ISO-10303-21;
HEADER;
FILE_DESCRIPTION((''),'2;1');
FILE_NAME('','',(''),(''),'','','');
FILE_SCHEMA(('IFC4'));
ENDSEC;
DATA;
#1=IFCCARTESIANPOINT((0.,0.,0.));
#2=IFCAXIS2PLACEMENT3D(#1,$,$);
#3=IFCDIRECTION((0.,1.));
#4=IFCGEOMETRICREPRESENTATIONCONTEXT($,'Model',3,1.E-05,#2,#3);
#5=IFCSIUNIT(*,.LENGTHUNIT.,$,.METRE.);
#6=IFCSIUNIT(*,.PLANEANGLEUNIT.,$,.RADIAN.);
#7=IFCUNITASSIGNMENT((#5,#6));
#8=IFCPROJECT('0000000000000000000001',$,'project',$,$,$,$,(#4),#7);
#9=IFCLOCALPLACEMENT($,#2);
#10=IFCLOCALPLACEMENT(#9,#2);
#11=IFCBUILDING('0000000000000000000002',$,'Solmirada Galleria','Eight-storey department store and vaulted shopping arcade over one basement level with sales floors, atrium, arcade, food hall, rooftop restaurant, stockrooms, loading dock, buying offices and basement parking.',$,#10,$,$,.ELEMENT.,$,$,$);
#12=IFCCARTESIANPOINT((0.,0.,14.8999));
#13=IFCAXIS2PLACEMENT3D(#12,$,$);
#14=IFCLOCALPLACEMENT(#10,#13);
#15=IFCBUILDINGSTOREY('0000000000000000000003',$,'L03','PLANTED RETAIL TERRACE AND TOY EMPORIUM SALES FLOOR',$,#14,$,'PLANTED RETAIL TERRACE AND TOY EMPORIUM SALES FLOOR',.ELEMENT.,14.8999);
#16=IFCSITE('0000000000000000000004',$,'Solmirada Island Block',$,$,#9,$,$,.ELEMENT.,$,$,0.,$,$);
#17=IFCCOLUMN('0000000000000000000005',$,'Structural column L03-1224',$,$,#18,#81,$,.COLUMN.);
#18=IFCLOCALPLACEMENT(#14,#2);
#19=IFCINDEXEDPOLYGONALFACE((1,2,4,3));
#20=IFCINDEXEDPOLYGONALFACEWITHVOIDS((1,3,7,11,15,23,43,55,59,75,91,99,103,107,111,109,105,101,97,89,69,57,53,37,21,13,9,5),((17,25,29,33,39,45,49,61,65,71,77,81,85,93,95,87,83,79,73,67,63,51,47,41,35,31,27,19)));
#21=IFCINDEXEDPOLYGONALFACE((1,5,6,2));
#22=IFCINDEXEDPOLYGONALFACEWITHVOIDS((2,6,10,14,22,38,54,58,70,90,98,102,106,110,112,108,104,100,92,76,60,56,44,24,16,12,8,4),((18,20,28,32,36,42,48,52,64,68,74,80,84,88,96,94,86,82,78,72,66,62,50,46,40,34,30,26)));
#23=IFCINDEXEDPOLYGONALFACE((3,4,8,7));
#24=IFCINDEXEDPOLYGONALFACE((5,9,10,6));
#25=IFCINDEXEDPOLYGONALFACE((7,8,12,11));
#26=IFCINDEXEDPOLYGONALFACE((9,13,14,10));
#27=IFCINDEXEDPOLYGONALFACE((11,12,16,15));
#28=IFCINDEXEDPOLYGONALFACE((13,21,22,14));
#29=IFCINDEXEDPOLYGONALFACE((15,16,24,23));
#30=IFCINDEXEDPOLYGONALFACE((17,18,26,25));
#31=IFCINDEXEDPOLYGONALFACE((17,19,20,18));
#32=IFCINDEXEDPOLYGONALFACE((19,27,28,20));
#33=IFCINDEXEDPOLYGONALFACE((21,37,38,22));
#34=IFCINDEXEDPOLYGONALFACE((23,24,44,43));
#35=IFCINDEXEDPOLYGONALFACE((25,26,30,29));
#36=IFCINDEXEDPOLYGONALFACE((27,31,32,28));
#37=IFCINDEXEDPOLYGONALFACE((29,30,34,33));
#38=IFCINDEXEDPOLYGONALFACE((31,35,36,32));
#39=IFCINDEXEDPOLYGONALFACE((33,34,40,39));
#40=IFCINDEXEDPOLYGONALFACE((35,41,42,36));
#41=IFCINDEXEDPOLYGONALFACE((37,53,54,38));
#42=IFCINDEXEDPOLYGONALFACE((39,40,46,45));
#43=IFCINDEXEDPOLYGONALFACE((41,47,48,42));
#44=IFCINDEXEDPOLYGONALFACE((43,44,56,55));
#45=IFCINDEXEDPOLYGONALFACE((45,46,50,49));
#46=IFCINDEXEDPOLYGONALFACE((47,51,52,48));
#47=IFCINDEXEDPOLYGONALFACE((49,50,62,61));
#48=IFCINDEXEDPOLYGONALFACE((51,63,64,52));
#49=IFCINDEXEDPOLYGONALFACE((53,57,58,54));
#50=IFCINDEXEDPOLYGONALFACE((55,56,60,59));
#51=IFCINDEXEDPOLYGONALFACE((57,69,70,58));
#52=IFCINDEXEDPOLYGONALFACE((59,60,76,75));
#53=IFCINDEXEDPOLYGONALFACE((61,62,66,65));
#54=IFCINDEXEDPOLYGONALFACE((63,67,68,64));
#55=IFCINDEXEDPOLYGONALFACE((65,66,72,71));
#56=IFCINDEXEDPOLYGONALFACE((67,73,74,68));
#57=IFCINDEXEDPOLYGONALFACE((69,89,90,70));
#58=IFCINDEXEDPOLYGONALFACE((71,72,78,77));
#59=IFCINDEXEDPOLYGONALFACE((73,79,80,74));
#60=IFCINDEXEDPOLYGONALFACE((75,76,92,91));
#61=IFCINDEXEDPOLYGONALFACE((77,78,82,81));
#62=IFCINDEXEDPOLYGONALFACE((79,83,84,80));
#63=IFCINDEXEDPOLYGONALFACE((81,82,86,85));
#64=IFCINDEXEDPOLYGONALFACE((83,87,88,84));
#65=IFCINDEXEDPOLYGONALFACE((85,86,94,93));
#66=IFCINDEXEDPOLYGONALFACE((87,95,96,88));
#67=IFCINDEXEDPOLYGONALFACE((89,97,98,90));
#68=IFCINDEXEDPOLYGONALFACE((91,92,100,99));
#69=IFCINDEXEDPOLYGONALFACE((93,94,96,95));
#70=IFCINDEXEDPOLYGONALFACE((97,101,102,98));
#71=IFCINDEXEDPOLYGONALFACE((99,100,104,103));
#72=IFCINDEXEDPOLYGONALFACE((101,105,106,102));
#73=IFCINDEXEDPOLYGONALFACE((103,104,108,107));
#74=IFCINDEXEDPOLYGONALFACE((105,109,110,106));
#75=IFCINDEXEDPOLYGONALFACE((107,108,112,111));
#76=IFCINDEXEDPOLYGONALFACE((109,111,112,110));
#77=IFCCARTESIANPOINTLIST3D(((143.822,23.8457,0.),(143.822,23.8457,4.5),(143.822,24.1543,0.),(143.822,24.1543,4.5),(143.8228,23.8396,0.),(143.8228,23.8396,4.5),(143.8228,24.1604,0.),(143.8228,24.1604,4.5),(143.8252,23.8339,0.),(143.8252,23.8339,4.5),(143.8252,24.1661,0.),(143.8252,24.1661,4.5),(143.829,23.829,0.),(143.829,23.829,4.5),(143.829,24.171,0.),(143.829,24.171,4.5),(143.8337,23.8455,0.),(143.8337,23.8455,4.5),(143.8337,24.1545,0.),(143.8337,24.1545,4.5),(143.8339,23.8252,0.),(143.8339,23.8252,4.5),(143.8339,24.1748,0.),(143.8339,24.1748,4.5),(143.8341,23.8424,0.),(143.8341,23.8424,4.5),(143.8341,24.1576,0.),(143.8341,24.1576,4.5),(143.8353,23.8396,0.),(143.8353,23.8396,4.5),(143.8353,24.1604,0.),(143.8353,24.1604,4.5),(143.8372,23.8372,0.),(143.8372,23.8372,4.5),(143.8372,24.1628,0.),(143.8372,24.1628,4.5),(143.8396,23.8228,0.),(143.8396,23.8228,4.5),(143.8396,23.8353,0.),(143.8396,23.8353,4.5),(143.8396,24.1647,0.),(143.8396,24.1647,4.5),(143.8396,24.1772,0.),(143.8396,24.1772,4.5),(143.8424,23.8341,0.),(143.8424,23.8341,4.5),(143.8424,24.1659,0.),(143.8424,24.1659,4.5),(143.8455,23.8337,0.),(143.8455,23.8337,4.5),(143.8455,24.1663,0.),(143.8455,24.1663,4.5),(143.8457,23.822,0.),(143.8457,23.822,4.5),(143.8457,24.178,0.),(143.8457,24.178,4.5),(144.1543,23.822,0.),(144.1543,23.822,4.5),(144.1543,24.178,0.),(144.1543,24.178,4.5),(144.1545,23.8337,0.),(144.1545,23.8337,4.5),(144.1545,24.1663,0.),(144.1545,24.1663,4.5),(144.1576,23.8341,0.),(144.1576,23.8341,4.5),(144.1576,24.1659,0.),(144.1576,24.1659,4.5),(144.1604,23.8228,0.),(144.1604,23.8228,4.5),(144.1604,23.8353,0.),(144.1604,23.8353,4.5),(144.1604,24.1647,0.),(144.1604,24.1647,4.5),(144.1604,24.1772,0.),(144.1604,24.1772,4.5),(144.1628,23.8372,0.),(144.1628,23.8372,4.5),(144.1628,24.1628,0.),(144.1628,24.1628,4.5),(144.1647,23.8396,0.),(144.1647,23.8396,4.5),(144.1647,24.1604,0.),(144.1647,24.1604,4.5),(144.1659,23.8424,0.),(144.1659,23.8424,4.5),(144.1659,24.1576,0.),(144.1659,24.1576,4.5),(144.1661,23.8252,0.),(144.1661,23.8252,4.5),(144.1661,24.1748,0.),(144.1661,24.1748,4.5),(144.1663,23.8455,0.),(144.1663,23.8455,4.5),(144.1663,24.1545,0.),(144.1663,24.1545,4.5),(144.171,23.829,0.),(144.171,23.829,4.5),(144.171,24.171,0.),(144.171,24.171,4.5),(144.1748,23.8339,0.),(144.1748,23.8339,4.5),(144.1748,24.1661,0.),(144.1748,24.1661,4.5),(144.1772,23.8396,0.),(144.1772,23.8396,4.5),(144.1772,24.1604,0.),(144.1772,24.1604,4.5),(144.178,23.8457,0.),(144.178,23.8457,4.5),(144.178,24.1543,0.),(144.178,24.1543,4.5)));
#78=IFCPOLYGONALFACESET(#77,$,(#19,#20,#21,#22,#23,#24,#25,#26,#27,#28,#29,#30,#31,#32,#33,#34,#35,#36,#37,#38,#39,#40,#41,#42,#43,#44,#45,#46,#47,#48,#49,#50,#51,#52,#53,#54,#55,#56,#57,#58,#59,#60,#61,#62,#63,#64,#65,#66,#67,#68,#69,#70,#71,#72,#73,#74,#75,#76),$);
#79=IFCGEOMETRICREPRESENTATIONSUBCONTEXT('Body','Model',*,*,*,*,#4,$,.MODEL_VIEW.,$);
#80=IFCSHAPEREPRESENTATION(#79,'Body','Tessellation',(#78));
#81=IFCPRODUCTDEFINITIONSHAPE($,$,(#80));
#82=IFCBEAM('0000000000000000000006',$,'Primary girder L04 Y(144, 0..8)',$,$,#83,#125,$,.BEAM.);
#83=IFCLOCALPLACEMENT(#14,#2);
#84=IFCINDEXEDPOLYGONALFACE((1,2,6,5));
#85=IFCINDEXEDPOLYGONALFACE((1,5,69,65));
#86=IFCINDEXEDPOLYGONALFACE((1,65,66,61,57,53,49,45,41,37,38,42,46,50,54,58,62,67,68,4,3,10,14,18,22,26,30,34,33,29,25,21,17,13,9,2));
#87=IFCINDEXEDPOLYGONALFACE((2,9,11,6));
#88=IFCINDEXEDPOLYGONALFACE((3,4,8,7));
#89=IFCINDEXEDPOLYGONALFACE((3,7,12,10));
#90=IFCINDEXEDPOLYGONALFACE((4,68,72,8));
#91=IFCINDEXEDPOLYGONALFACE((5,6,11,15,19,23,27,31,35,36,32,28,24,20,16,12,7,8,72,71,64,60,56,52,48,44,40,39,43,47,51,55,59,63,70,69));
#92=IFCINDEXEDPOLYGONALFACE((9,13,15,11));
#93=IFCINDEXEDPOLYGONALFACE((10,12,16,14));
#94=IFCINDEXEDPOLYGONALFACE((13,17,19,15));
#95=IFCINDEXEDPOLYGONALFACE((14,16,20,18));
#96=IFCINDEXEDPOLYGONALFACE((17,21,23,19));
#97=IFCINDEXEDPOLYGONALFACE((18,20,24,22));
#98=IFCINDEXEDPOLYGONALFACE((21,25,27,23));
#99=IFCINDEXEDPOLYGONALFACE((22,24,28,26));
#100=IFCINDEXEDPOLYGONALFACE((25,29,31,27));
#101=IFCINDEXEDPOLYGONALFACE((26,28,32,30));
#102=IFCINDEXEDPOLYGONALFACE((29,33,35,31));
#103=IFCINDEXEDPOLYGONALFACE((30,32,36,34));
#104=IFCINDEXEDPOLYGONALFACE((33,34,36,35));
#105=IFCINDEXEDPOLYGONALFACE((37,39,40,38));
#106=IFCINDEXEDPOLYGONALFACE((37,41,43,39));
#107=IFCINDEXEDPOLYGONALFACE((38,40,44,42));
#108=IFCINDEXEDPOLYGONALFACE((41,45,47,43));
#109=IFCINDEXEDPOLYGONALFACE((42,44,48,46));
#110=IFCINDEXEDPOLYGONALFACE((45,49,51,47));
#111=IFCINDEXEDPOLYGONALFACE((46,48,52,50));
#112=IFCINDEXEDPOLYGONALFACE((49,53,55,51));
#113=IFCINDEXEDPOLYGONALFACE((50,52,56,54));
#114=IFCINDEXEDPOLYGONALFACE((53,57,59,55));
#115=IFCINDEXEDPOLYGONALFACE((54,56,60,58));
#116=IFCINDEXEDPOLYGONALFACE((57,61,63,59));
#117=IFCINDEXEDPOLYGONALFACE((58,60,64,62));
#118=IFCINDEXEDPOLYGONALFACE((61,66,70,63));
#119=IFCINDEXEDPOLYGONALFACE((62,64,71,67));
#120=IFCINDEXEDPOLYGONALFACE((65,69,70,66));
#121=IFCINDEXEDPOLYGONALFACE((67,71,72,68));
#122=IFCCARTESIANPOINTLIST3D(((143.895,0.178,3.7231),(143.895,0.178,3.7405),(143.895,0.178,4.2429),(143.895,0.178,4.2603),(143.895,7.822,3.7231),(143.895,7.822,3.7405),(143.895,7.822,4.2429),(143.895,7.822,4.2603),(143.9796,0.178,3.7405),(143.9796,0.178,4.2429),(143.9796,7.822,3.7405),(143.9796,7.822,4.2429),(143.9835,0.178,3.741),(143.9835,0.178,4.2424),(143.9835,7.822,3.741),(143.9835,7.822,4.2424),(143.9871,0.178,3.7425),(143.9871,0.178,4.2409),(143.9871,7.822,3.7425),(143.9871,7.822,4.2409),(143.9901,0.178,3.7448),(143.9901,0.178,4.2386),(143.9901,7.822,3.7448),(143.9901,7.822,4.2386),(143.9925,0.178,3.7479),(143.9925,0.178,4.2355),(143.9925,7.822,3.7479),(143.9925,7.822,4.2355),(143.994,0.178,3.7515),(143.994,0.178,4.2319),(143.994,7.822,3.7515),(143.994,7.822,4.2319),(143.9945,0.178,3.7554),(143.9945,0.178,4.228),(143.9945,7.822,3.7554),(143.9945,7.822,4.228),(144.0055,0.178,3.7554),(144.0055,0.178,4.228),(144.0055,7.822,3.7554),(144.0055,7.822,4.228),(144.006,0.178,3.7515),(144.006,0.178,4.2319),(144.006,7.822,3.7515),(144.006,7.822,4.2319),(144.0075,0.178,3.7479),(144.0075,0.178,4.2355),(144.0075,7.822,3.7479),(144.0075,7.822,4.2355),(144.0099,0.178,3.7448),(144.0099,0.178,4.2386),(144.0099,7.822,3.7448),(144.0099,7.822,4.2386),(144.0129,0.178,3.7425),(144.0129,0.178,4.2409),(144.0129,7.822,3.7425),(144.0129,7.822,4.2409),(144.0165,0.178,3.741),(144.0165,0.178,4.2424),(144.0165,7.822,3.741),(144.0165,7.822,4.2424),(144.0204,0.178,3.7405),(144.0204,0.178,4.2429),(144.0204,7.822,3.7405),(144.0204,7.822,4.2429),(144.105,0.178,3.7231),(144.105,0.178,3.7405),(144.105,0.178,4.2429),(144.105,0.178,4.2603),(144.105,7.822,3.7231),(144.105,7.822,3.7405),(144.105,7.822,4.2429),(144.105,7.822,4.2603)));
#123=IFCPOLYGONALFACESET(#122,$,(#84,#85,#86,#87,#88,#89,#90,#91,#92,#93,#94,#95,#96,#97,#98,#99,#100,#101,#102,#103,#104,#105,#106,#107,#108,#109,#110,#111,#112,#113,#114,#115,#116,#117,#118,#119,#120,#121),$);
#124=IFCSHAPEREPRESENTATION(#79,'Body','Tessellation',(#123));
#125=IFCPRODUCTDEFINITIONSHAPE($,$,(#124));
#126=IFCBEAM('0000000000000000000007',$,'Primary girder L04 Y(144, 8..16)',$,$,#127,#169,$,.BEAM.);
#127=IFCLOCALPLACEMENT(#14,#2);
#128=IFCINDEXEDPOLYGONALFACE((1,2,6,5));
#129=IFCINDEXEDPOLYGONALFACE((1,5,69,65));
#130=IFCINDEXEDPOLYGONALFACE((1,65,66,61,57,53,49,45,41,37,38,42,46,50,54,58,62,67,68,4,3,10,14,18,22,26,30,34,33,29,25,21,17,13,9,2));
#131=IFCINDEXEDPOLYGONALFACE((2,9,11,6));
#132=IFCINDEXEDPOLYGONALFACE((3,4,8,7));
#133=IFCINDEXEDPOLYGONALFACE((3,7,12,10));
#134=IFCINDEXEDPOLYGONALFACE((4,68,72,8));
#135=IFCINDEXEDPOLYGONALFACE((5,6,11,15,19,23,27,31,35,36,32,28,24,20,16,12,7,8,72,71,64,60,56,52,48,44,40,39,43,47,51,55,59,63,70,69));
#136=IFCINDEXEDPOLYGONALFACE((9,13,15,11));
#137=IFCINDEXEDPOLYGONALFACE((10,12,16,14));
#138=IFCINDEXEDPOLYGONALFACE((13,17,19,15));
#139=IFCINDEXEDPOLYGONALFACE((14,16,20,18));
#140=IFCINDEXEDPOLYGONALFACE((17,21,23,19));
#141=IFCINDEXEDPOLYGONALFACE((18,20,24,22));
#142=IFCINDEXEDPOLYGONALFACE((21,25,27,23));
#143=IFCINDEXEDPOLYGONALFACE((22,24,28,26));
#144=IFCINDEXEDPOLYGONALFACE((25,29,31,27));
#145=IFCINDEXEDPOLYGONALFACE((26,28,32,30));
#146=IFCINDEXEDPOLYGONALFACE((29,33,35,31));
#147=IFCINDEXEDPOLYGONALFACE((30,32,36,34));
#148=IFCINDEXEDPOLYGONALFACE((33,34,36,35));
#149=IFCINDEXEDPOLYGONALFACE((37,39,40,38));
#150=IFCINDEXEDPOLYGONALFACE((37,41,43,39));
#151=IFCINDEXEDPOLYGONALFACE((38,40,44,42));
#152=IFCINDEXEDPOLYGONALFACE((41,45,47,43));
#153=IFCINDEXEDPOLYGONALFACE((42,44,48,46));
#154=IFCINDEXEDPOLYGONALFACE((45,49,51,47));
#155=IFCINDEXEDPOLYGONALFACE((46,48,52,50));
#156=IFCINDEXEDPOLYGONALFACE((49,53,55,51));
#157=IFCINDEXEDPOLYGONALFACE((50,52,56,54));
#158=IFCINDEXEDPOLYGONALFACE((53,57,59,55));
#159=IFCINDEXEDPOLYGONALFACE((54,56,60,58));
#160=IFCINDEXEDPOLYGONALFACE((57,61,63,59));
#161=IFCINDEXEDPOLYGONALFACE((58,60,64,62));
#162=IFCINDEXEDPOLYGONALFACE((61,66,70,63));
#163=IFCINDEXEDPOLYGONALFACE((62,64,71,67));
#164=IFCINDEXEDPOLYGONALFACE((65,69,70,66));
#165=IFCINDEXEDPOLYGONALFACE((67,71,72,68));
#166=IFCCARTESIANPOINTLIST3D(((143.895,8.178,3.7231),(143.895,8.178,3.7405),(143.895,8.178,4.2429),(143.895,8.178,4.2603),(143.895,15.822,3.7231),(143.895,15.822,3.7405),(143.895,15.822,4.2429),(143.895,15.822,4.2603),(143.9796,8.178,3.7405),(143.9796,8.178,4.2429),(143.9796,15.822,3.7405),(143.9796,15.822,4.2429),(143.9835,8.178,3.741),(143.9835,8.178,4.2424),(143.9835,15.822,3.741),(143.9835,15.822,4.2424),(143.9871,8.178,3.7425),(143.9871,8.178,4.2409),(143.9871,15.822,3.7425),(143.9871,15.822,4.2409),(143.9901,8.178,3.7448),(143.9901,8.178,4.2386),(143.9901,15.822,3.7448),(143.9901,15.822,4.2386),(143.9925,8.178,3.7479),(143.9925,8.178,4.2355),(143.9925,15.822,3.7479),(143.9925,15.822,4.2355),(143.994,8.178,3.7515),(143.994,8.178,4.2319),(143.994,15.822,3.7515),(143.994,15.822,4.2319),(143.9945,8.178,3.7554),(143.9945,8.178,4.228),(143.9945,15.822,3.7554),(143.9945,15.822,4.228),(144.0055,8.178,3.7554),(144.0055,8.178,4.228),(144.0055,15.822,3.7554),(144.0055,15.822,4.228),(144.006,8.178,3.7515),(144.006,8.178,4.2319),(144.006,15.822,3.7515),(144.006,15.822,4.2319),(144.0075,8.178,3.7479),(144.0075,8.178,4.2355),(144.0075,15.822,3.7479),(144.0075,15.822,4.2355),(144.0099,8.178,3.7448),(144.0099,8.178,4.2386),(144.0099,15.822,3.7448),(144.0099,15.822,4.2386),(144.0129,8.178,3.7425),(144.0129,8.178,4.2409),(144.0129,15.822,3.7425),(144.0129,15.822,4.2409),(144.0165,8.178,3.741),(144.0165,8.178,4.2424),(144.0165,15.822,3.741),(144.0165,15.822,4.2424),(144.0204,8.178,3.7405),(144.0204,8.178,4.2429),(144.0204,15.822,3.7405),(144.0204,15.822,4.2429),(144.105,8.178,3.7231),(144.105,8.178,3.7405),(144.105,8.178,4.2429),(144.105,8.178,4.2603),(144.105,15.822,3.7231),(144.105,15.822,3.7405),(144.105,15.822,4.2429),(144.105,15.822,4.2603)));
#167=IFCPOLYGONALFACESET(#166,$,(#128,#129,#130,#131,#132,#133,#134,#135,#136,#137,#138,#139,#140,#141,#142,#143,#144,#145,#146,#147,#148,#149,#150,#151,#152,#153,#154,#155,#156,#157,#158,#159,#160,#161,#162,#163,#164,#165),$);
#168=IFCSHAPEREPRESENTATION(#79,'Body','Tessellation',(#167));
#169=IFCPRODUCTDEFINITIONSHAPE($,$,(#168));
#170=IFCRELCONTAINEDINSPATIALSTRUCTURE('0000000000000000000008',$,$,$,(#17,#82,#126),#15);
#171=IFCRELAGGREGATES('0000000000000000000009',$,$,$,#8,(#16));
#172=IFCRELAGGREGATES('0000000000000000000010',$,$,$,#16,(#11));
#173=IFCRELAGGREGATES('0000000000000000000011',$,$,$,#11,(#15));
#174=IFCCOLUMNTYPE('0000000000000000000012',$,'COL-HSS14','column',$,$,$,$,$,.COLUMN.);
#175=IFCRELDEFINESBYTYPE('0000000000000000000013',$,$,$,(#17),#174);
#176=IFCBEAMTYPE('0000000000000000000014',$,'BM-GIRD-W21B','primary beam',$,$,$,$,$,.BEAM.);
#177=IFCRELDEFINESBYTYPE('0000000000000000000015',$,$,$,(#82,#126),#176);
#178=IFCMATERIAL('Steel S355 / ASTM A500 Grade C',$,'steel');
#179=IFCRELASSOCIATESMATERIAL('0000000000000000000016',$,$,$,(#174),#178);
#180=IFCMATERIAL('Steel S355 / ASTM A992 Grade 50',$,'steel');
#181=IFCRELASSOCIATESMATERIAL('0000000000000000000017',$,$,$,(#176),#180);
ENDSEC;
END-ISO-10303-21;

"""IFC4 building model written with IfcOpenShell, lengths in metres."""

from ifc_helpers import new_model, si_unit, direction, frame, origin, origin_2d, place, context, subcontext, project, spatial, hollow_rectangle, i_section, extrude, material, material_profile, profile_set, type_object, element, save


model = new_model("IFC4")

# Units and contexts
model_context = context("Model", 3, precision=1e-05, world=origin(), true_north=direction((0.0, 1.0)))
body_context = subcontext(model_context, "Body", "Model", "MODEL_VIEW")
ifc_project = project(units=[si_unit("LENGTHUNIT", "METRE"), si_unit("PLANEANGLEUNIT", "RADIAN")], contexts=[model_context])

# Site, building, storey
site_placement = place(None, origin())
site = spatial("IfcSite", under=ifc_project, at=site_placement, Name="Solmirada Island Block", CompositionType="ELEMENT", RefElevation=0.0)
building_placement = place(site_placement, origin())
building = spatial("IfcBuilding", under=site, at=building_placement, Name="Solmirada Galleria", Description="Eight-storey department store and vaulted shopping arcade over one basement level with sales floors, atrium, arcade, food hall, rooftop restaurant, stockrooms, loading dock, buying offices and basement parking.", CompositionType="ELEMENT")
storey_placement = place(building_placement, frame((0.0, 0.0, 14.8999)))
storey = spatial("IfcBuildingStorey", under=building, at=storey_placement, Name="L03", Description="PLANTED RETAIL TERRACE AND TOY EMPORIUM SALES FLOOR", LongName="PLANTED RETAIL TERRACE AND TOY EMPORIUM SALES FLOOR", CompositionType="ELEMENT", Elevation=14.8999)

# Column
ifc_material_1 = material(Name="Steel S355 / ASTM A500 Grade C", Category="steel")
ifc_material_profile_1 = material_profile(ifc_material_1, hollow_rectangle(XDim=0.356, YDim=0.356, WallThickness=0.0117, InnerFilletRadius=0.0117, OuterFilletRadius=0.0237, at=origin_2d()), Name="HSS14X14X1/2")
ifc_profile_set_1 = profile_set([ifc_material_profile_1], Name="Steel S355 / ASTM A500 Grade C")
column_type = type_object("IfcColumnType", Name="COL-HSS14", Description="column", PredefinedType="COLUMN", material=ifc_profile_set_1)
for number, where, z_axis, x_axis, name in (
    (1, (144.0, 24.0, 0.0), (0.0, 0.0, 1.0), (1.0, 0.0, 0.0), "Structural column L03-1224"),
):
    element("IfcColumn", number, at=place(storey_placement, frame(where, z_axis=z_axis, x_axis=x_axis)), inside=storey, type_object=column_type, Name=name, PredefinedType="COLUMN", context=body_context, shape_type="SweptSolid", body=[
        extrude(hollow_rectangle(XDim=0.356, YDim=0.356, WallThickness=0.0117, InnerFilletRadius=0.0117, OuterFilletRadius=0.0237, at=origin_2d()), origin(), (0.0, 0.0, 1.0), 4.5),
    ])

# Beams
ifc_material_2 = material(Name="Steel S355 / ASTM A992 Grade 50", Category="steel")
ifc_material_profile_2 = material_profile(ifc_material_2, i_section(OverallWidth=0.21, OverallDepth=0.5371, WebThickness=0.011, FlangeThickness=0.0173, FilletRadius=0.0149, at=origin_2d()), Name="W21X68")
ifc_profile_set_2 = profile_set([ifc_material_profile_2], Name="Steel S355 / ASTM A992 Grade 50")
beam_type = type_object("IfcBeamType", Name="BM-GIRD-W21B", Description="primary beam", PredefinedType="BEAM", material=ifc_profile_set_2)
for number, where, z_axis, x_axis, name in (
    (2, (144.0, 0.178, 3.9917), (0.0, 1.0, 0.0), (-1.0, 0.0, 0.0), "Primary girder L04 Y(144, 0..8)"),
    (3, (144.0, 8.178, 3.9917), (0.0, 1.0, 0.0), (-1.0, 0.0, 0.0), "Primary girder L04 Y(144, 8..16)"),
):
    element("IfcBeam", number, at=place(storey_placement, frame(where, z_axis=z_axis, x_axis=x_axis)), inside=storey, type_object=beam_type, Name=name, PredefinedType="BEAM", context=body_context, shape_type="SweptSolid", body=[
        extrude(i_section(OverallWidth=0.21, OverallDepth=0.5371, WebThickness=0.011, FlangeThickness=0.0173, FilletRadius=0.0149, at=origin_2d()), origin(), (0.0, 0.0, 1.0), 7.644),
    ])

save(model, "model.ifc")
